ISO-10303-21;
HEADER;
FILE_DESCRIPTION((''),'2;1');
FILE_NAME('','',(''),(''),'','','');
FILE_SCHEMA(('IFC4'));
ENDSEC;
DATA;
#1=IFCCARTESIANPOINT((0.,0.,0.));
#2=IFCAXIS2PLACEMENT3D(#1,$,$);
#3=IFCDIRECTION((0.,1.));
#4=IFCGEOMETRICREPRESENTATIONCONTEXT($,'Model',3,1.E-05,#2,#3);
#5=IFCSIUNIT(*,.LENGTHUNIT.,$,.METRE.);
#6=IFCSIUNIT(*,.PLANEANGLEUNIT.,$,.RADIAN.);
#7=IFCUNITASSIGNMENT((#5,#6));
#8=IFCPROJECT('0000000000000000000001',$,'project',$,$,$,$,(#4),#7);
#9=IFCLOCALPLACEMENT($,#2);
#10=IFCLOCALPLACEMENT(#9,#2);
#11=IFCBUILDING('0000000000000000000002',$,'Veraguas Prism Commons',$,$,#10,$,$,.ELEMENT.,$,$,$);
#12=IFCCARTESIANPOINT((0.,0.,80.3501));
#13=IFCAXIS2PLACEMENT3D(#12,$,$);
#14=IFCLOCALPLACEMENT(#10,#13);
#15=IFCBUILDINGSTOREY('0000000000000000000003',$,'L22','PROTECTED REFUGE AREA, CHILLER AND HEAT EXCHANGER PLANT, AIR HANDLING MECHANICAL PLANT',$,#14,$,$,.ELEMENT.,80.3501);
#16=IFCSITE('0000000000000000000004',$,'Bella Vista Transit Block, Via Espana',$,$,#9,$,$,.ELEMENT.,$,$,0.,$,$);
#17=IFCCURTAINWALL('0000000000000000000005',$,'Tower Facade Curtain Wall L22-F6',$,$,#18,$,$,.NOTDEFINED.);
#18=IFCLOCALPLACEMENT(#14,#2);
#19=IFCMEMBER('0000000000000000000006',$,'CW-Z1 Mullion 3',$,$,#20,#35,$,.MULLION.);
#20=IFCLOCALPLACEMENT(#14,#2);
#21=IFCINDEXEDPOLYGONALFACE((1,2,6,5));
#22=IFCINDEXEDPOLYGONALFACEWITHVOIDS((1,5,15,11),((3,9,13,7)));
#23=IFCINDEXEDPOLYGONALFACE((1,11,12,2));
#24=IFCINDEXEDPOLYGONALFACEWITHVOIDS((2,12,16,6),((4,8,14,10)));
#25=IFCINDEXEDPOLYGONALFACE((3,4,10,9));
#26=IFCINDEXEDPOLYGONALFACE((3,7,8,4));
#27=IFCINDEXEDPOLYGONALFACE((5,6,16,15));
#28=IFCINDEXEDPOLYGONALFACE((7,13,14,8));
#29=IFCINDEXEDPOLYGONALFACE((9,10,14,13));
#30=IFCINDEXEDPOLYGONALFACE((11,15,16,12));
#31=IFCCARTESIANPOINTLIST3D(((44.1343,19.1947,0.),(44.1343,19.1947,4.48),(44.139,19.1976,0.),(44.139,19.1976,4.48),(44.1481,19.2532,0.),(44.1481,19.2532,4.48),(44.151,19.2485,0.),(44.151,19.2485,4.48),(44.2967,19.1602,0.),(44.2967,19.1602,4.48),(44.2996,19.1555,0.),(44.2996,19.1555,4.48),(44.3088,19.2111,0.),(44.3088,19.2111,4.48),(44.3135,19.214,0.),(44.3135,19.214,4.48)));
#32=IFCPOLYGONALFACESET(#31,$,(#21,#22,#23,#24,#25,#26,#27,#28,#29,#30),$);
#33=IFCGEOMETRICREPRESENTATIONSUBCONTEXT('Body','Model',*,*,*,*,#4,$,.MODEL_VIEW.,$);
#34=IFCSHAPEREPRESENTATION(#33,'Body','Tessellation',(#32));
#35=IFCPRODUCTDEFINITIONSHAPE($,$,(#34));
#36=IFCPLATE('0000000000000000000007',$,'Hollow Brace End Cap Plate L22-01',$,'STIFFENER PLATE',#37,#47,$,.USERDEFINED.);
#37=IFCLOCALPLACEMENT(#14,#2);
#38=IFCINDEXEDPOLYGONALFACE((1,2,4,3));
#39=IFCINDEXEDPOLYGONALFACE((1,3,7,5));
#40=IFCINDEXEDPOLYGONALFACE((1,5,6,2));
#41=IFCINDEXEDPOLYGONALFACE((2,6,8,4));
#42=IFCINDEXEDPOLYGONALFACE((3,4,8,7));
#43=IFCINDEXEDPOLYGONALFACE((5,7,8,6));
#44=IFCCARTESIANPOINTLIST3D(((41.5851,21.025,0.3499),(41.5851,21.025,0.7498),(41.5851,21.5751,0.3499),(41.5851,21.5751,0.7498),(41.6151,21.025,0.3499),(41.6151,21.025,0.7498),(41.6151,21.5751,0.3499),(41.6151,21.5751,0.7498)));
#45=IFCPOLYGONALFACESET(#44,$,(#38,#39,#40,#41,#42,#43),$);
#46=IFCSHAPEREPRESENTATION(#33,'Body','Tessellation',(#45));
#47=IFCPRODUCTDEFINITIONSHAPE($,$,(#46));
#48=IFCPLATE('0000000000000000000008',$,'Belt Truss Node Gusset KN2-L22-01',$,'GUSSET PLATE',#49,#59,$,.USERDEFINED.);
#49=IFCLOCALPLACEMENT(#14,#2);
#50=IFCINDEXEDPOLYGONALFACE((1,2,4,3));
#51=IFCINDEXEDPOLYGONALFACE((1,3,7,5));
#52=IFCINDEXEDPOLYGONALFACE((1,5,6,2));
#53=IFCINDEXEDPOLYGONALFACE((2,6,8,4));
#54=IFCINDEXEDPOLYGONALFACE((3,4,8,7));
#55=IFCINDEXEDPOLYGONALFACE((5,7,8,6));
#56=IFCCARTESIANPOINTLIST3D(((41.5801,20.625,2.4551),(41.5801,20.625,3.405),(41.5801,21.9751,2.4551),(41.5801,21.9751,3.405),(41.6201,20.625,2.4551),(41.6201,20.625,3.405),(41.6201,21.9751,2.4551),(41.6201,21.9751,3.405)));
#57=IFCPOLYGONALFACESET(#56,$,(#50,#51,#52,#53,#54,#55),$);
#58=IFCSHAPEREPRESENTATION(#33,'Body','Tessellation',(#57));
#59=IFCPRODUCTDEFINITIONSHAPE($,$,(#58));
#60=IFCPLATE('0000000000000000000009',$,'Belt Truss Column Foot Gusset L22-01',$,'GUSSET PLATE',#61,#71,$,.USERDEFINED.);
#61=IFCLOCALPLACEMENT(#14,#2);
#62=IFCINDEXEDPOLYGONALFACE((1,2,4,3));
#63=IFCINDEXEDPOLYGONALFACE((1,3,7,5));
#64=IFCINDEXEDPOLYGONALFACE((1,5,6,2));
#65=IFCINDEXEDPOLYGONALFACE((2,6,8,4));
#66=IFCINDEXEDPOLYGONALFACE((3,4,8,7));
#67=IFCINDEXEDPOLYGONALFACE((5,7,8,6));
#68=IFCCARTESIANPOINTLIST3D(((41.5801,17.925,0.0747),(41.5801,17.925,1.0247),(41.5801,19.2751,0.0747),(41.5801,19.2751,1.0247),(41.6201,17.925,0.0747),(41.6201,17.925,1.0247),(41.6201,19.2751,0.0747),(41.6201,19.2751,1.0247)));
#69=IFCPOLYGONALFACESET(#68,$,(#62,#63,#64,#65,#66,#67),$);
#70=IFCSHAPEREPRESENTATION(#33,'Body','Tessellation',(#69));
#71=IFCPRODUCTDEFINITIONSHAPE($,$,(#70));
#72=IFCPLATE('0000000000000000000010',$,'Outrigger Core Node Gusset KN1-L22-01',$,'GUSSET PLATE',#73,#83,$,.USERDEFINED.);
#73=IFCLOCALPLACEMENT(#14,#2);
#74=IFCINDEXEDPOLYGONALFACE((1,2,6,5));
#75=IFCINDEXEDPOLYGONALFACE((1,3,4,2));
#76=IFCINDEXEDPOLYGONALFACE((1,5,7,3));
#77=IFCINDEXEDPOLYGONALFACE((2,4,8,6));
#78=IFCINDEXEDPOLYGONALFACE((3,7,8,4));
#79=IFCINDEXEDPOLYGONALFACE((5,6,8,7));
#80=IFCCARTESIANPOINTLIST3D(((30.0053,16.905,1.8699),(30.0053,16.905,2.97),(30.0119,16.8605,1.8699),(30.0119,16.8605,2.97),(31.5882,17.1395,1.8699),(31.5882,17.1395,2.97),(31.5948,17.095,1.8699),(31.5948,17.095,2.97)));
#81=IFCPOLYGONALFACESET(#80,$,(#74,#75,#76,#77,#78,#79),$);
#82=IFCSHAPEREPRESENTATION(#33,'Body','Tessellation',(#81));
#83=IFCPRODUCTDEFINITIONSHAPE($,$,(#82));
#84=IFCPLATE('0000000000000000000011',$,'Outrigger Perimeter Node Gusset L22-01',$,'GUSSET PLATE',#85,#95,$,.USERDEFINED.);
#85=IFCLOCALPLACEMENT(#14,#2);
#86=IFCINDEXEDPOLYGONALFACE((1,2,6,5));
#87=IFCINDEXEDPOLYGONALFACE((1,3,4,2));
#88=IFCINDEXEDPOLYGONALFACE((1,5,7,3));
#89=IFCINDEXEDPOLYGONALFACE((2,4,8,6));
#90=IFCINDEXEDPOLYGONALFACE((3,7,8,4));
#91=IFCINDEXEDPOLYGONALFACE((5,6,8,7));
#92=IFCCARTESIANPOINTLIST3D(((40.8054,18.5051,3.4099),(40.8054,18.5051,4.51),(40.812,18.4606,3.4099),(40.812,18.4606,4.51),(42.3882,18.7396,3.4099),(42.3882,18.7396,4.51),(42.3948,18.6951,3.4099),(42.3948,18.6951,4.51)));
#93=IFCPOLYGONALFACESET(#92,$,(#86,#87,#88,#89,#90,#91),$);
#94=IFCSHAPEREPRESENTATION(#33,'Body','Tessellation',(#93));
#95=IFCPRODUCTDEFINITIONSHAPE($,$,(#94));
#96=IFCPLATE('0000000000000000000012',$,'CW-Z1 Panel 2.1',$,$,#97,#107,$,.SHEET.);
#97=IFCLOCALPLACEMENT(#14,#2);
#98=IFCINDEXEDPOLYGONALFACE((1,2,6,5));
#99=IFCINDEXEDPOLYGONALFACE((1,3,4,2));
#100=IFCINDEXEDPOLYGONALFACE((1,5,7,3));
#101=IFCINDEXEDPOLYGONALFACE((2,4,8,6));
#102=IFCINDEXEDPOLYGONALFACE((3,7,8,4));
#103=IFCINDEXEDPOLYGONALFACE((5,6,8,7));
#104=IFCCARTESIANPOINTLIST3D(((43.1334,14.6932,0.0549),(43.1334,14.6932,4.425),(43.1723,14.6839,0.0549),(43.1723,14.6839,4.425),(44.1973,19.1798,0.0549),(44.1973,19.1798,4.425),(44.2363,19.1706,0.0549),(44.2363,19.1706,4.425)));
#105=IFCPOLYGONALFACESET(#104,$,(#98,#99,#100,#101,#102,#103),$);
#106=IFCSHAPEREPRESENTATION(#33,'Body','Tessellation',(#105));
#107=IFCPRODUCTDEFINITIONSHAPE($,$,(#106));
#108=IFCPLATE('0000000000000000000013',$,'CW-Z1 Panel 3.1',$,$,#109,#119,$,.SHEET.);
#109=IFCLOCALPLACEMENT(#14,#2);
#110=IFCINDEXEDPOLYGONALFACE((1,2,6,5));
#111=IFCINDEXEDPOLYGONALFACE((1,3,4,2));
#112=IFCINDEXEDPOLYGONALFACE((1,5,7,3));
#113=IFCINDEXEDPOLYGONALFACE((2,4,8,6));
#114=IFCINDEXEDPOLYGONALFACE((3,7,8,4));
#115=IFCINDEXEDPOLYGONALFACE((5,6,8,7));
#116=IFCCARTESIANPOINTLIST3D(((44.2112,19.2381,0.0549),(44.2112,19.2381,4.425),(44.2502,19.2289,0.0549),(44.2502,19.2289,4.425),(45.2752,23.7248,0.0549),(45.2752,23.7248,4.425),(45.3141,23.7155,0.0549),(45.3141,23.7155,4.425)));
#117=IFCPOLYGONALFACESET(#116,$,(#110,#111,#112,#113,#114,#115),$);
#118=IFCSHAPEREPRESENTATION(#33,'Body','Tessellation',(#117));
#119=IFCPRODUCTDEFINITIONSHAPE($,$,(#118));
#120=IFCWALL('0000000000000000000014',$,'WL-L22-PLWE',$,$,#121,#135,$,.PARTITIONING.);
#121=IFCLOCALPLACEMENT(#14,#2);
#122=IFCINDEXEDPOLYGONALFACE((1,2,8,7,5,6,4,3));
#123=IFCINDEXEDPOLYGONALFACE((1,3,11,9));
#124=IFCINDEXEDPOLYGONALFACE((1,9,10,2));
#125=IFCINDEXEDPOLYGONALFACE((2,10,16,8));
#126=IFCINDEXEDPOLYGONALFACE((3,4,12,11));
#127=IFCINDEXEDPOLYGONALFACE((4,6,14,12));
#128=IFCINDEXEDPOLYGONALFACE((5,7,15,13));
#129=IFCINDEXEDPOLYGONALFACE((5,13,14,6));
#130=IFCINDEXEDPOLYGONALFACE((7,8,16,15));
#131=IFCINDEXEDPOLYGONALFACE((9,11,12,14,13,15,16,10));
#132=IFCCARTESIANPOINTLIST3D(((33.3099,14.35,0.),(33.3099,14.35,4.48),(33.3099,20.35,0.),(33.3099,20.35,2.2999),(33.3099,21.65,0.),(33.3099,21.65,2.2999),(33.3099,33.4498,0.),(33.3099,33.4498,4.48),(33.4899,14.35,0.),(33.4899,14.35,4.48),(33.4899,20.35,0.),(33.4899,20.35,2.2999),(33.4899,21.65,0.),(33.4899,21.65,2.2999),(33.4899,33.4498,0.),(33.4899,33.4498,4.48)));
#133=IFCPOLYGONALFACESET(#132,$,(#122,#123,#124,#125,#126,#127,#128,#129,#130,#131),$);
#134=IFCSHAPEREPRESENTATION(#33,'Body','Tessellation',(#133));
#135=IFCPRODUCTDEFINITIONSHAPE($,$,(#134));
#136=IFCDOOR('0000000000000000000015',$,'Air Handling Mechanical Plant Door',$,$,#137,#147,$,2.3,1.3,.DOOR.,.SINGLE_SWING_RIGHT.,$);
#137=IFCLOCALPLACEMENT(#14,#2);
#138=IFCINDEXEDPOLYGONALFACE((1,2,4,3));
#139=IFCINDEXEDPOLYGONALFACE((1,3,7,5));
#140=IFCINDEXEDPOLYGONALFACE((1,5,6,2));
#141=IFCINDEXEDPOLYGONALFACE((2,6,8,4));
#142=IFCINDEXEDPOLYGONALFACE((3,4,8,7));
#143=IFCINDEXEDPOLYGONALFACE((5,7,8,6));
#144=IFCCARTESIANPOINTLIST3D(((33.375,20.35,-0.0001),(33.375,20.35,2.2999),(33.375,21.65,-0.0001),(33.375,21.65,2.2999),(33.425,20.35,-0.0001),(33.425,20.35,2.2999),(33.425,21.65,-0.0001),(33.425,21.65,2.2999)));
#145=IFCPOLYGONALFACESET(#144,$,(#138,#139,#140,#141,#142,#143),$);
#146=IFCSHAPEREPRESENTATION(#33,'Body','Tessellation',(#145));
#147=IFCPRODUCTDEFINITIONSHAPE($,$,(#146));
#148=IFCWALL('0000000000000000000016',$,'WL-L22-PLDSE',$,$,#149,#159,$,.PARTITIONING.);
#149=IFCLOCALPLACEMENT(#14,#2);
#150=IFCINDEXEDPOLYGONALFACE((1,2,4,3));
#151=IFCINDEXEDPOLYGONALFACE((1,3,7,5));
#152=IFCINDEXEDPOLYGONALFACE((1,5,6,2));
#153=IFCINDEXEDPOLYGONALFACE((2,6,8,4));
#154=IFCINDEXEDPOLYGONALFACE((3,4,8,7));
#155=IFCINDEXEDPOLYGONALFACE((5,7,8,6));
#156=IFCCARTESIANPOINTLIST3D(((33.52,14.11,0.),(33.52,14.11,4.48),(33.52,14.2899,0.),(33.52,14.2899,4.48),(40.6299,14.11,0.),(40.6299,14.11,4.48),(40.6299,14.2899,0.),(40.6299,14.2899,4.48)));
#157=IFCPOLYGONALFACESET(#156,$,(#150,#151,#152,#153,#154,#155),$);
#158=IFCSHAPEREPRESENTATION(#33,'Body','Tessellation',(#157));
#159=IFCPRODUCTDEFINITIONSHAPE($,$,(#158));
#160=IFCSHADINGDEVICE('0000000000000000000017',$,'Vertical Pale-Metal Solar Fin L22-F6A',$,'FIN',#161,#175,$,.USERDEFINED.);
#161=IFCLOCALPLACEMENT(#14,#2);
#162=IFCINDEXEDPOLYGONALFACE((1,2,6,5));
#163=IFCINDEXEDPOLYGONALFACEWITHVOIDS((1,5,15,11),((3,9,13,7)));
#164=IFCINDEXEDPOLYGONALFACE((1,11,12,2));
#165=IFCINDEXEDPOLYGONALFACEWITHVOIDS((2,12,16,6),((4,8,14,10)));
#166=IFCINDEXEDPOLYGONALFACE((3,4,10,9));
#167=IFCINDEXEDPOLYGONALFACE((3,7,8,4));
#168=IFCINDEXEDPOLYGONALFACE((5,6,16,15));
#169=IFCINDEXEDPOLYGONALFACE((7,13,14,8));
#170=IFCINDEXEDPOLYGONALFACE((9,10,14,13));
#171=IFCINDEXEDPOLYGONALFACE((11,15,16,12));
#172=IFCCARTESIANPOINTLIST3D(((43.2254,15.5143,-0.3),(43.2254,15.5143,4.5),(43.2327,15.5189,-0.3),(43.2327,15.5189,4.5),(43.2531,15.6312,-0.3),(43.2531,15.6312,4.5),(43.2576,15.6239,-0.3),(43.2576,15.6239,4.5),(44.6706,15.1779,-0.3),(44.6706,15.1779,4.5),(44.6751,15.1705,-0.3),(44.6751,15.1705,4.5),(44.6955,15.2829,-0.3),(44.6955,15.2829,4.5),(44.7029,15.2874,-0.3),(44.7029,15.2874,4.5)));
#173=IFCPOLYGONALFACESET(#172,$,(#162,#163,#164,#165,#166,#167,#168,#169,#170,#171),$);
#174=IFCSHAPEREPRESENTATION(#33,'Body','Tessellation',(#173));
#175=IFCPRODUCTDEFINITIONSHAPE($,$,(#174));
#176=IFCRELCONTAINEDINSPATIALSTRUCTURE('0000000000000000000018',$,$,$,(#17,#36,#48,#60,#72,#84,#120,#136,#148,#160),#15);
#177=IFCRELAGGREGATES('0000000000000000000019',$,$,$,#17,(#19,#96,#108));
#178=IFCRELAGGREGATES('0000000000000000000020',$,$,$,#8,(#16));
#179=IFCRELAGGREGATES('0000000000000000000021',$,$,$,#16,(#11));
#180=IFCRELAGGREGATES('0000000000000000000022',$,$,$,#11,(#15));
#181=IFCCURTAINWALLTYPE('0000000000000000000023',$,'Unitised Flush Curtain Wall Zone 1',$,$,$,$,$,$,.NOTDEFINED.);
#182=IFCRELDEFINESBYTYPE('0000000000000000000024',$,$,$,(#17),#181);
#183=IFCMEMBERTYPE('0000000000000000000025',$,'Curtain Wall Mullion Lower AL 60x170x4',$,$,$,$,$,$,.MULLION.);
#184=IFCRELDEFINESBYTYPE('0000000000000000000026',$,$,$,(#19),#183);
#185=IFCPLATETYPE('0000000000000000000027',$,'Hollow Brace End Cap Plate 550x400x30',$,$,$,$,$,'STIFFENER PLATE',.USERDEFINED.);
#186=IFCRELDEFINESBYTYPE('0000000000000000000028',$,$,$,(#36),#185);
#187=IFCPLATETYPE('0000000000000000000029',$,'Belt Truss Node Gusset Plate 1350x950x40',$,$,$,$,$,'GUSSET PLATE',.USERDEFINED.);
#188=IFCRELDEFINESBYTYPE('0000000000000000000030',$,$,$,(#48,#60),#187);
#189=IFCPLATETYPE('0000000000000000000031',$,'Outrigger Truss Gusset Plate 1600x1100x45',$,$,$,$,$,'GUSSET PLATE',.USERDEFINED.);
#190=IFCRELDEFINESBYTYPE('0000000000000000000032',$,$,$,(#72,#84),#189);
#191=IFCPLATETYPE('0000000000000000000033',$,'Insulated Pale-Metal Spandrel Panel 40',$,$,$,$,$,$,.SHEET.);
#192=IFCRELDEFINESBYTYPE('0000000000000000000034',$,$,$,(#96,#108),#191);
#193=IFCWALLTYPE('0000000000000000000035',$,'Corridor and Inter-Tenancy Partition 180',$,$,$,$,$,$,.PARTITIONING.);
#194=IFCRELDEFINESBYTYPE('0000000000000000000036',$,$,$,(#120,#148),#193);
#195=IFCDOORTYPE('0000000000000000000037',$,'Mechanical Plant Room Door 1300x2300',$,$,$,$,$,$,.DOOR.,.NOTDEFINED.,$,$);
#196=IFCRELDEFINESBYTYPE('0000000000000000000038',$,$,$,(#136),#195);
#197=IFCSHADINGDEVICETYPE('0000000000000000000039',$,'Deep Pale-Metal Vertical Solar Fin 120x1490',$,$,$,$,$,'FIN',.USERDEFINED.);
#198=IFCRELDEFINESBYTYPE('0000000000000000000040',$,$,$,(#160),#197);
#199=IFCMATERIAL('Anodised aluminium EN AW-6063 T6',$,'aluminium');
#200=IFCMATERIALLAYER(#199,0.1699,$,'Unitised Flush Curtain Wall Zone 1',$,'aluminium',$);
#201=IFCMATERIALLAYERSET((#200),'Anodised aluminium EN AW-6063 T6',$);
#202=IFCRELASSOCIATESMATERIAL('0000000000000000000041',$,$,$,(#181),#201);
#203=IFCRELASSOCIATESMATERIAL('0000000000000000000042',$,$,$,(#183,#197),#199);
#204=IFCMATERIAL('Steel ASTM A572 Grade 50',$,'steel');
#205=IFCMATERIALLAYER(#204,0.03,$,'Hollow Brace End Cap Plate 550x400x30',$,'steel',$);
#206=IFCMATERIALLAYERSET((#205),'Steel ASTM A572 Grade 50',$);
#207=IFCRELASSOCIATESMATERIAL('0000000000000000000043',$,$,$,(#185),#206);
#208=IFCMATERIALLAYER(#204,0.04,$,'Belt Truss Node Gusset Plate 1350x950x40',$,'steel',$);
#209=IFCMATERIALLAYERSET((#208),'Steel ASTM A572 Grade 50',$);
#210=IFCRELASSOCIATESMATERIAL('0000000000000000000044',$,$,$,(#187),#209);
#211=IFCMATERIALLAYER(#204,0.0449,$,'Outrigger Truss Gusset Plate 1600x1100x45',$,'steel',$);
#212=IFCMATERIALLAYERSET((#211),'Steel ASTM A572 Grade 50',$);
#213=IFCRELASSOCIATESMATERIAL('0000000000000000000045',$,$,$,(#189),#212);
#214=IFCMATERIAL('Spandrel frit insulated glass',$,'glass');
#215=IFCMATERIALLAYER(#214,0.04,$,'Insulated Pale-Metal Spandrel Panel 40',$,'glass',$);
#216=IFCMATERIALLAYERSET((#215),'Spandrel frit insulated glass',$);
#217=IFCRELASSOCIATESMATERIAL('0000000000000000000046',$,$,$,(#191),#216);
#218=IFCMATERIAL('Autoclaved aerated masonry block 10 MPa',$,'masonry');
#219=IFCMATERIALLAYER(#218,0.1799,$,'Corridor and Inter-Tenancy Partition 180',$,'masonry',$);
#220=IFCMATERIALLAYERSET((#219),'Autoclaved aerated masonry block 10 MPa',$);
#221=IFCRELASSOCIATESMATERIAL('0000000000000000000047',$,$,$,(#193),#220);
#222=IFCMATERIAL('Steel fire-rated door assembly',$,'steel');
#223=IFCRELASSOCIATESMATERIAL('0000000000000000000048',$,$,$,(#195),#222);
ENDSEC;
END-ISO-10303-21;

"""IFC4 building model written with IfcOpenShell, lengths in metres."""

from ifc_helpers import new_model, si_unit, direction, frame, frame_2d, origin, origin_2d, place, context, subcontext, project, spatial, rectangle, hollow_rectangle, extrude, source, transform, mapped, material, layer, layer_set, material_profile, profile_set, type_object, element, fill, aggregate, save


model = new_model("IFC4")

# Units and contexts
model_context = context("Model", 3, precision=1e-05, world=origin(), true_north=direction((0.0, 1.0)))
body_context = subcontext(model_context, "Body", "Model", "MODEL_VIEW")
ifc_project = project(units=[si_unit("LENGTHUNIT", "METRE"), si_unit("PLANEANGLEUNIT", "RADIAN")], contexts=[model_context])

# Site, building, storey
site_placement = place(None, origin())
site = spatial("IfcSite", under=ifc_project, at=site_placement, Name="Bella Vista Transit Block, Via Espana", CompositionType="ELEMENT", RefElevation=0.0)
building_placement = place(site_placement, origin())
building = spatial("IfcBuilding", under=site, at=building_placement, Name="Veraguas Prism Commons", CompositionType="ELEMENT")
storey_placement = place(building_placement, frame((0.0, 0.0, 80.3501)))
storey = spatial("IfcBuildingStorey", under=building, at=storey_placement, Name="L22", Description="PROTECTED REFUGE AREA, CHILLER AND HEAT EXCHANGER PLANT, AIR HANDLING MECHANICAL PLANT", CompositionType="ELEMENT", Elevation=80.3501)

# Shared definitions
ifc_material_1 = material(Name="Steel ASTM A572 Grade 50", Category="steel")

# Curtain wall, member
ifc_material_2 = material(Name="Anodised aluminium EN AW-6063 T6", Category="aluminium")
ifc_layer_1 = layer(ifc_material_2, 0.1699, Name="Unitised Flush Curtain Wall Zone 1", Category="aluminium")
ifc_layer_set_1 = layer_set([ifc_layer_1], Name="Anodised aluminium EN AW-6063 T6")
curtain_wall_type = type_object("IfcCurtainWallType", Name="Unitised Flush Curtain Wall Zone 1", PredefinedType="NOTDEFINED", material=ifc_layer_set_1)
curtain_wall_placement = place(storey_placement, origin())
curtain_wall = element("IfcCurtainWall", 1, at=curtain_wall_placement, inside=storey, type_object=curtain_wall_type, Name="Tower Facade Curtain Wall L22-F6", PredefinedType="NOTDEFINED")
ifc_material_profile_1 = material_profile(ifc_material_2, hollow_rectangle(XDim=0.0601, YDim=0.1699, WallThickness=0.0039, at=origin_2d()), Name="AL60X170X4")
ifc_profile_set_1 = profile_set([ifc_material_profile_1], Name="Anodised aluminium EN AW-6063 T6")
member_type_1 = type_object("IfcMemberType", Name="Curtain Wall Mullion Lower AL 60x170x4", PredefinedType="MULLION", material=ifc_profile_set_1)
shared_shape_1 = source(origin(), body_context, "Body", "SweptSolid", [
    extrude(hollow_rectangle(XDim=0.0601, YDim=0.1699, WallThickness=0.0039, at=origin_2d()), origin(), (0.0, 0.0, 1.0), 4.48),
])
member_1_placement = place(storey_placement, frame((44.2239, 19.2043, 0.0), z_axis=(0.0, 0.0, 1.0), x_axis=(0.230734, 0.973017, 0.0)))
member_1 = element("IfcMember", 2, at=member_1_placement, type_object=member_type_1, Name="CW-Z1 Mullion 3", PredefinedType="MULLION", context=body_context, shape_type="MappedRepresentation", body=[
    mapped(shared_shape_1, transform((0.0, 0.0, 0.0), scale=1.0)),
])

# Plates
ifc_layer_2 = layer(ifc_material_1, 0.03, Name="Hollow Brace End Cap Plate 550x400x30", Category="steel")
ifc_layer_set_2 = layer_set([ifc_layer_2], Name="Steel ASTM A572 Grade 50")
plate_type_1 = type_object("IfcPlateType", Name="Hollow Brace End Cap Plate 550x400x30", ElementType="STIFFENER PLATE", PredefinedType="USERDEFINED", material=ifc_layer_set_2)
shared_shape_2 = source(origin(), body_context, "Body", "SweptSolid", [
    extrude(rectangle(XDim=0.55, YDim=0.03, at=origin_2d()), origin(), (0.0, 0.0, 1.0), 0.3999),
])
plate_1_placement = place(storey_placement, frame((41.6001, 21.3, 0.3499), z_axis=(0.0, 0.0, 1.0), x_axis=(0.0, 1.0, 0.0)))
element("IfcPlate", 3, at=plate_1_placement, inside=storey, type_object=plate_type_1, Name="Hollow Brace End Cap Plate L22-01", ObjectType="STIFFENER PLATE", PredefinedType="USERDEFINED", context=body_context, shape_type="MappedRepresentation", body=[
    mapped(shared_shape_2, transform((0.0, 0.0, 0.0), scale=1.0)),
])
ifc_layer_3 = layer(ifc_material_1, 0.04, Name="Belt Truss Node Gusset Plate 1350x950x40", Category="steel")
ifc_layer_set_3 = layer_set([ifc_layer_3], Name="Steel ASTM A572 Grade 50")
plate_type_2 = type_object("IfcPlateType", Name="Belt Truss Node Gusset Plate 1350x950x40", ElementType="GUSSET PLATE", PredefinedType="USERDEFINED", material=ifc_layer_set_3)
shared_shape_3 = source(origin(), body_context, "Body", "SweptSolid", [
    extrude(rectangle(XDim=1.3501, YDim=0.04, at=origin_2d()), origin(), (0.0, 0.0, 1.0), 0.95),
])
for number, where, z_axis, x_axis, name in (
    (4, (41.6001, 21.3, 2.4551), (0.0, 0.0, 1.0), (0.0, 1.0, 0.0), "Belt Truss Node Gusset KN2-L22-01"),
    (5, (41.6001, 18.6001, 0.0747), (0.0, 0.0, 1.0), (0.0, 1.0, 0.0), "Belt Truss Column Foot Gusset L22-01"),
):
    element("IfcPlate", number, at=place(storey_placement, frame(where, z_axis=z_axis, x_axis=x_axis)), inside=storey, type_object=plate_type_2, Name=name, ObjectType="GUSSET PLATE", PredefinedType="USERDEFINED", context=body_context, shape_type="MappedRepresentation", body=[
        mapped(shared_shape_3, transform((0.0, 0.0, 0.0), scale=1.0)),
    ])
ifc_layer_4 = layer(ifc_material_1, 0.0449, Name="Outrigger Truss Gusset Plate 1600x1100x45", Category="steel")
ifc_layer_set_4 = layer_set([ifc_layer_4], Name="Steel ASTM A572 Grade 50")
plate_type_3 = type_object("IfcPlateType", Name="Outrigger Truss Gusset Plate 1600x1100x45", ElementType="GUSSET PLATE", PredefinedType="USERDEFINED", material=ifc_layer_set_4)
shared_shape_4 = source(origin(), body_context, "Body", "SweptSolid", [
    extrude(rectangle(XDim=1.6001, YDim=0.0449, at=origin_2d()), origin(), (0.0, 0.0, 1.0), 1.1001),
])
for number, where, z_axis, x_axis, name in (
    (6, (30.8, 17.0, 1.8699), (0.0, 0.0, 1.0), (0.989203, 0.146549, 0.0), "Outrigger Core Node Gusset KN1-L22-01"),
    (7, (41.6001, 18.6001, 3.4099), (0.0, 0.0, 1.0), (0.989203, 0.146549, 0.0), "Outrigger Perimeter Node Gusset L22-01"),
):
    element("IfcPlate", number, at=place(storey_placement, frame(where, z_axis=z_axis, x_axis=x_axis)), inside=storey, type_object=plate_type_3, Name=name, ObjectType="GUSSET PLATE", PredefinedType="USERDEFINED", context=body_context, shape_type="MappedRepresentation", body=[
        mapped(shared_shape_4, transform((0.0, 0.0, 0.0), scale=1.0)),
    ])

# Plates
ifc_material_3 = material(Name="Spandrel frit insulated glass", Category="glass")
ifc_layer_5 = layer(ifc_material_3, 0.04, Name="Insulated Pale-Metal Spandrel Panel 40", Category="glass")
ifc_layer_set_5 = layer_set([ifc_layer_5], Name="Spandrel frit insulated glass")
plate_type_4 = type_object("IfcPlateType", Name="Insulated Pale-Metal Spandrel Panel 40", PredefinedType="SHEET", material=ifc_layer_set_5)
shared_shape_5 = source(origin(), body_context, "Body", "SweptSolid", [
    extrude(rectangle(XDim=4.6111, YDim=0.04, at=origin_2d()), origin(), (0.0, 0.0, 1.0), 4.3701),
])
plate_2_placement = place(storey_placement, frame((43.6848, 16.9319, 0.0549), z_axis=(0.0, 0.0, 1.0), x_axis=(0.230734, 0.973017, 0.0)))
plate_2 = element("IfcPlate", 8, at=plate_2_placement, type_object=plate_type_4, Name="CW-Z1 Panel 2.1", PredefinedType="SHEET", context=body_context, shape_type="MappedRepresentation", body=[
    mapped(shared_shape_5, transform((0.0, 0.0, 0.0), scale=1.0)),
])
plate_3_placement = place(storey_placement, frame((44.7627, 21.4768, 0.0549), z_axis=(0.0, 0.0, 1.0), x_axis=(0.230734, 0.973017, 0.0)))
plate_3 = element("IfcPlate", 9, at=plate_3_placement, type_object=plate_type_4, Name="CW-Z1 Panel 3.1", PredefinedType="SHEET", context=body_context, shape_type="MappedRepresentation", body=[
    mapped(shared_shape_5, transform((0.0, 0.0, 0.0), scale=1.0)),
])
aggregate(curtain_wall, [member_1, plate_2, plate_3])

# Wall, opening, door
ifc_material_4 = material(Name="Autoclaved aerated masonry block 10 MPa", Category="masonry")
ifc_layer_6 = layer(ifc_material_4, 0.1799, Name="Corridor and Inter-Tenancy Partition 180", Category="masonry")
ifc_layer_set_6 = layer_set([ifc_layer_6], Name="Autoclaved aerated masonry block 10 MPa")
wall_type = type_object("IfcWallType", Name="Corridor and Inter-Tenancy Partition 180", PredefinedType="PARTITIONING", material=ifc_layer_set_6)
wall_1_placement = place(storey_placement, frame((33.3999, 14.3501, 0.0), z_axis=(0.0, 0.0, 1.0), x_axis=(0.0, 1.0, 0.0)))
wall_1 = element("IfcWall", 10, at=wall_1_placement, inside=storey, type_object=wall_type, Name="WL-L22-PLWE", PredefinedType="PARTITIONING", context=body_context, shape_type="SweptSolid", body=[
    extrude(rectangle(XDim=19.0999, YDim=0.1799, at=frame_2d((9.5498, 0.0))), origin(), (0.0, 0.0, 1.0), 4.48),
])
opening_placement = place(wall_1_placement, frame((6.0, 0.0, 0.0)))
opening = element("IfcOpeningElement", 11, at=opening_placement, cuts=wall_1, PredefinedType="OPENING", context=body_context, shape_type="SweptSolid", body=[
    extrude(rectangle(XDim=1.3, YDim=2.3, at=frame_2d((0.6499, 1.1499))), frame((0.0, 0.0999, 0.0), z_axis=(0.0, -1.0, 0.0), x_axis=(1.0, 0.0, 0.0)), (0.0, 0.0, 1.0), 0.2),
])
ifc_material_5 = material(Name="Steel fire-rated door assembly", Category="steel")
door_type = type_object("IfcDoorType", Name="Mechanical Plant Room Door 1300x2300", OperationType="NOTDEFINED", PredefinedType="DOOR", material=ifc_material_5)
shared_shape_6 = source(origin(), body_context, "Body", "SweptSolid", [
    extrude(rectangle(XDim=1.3, YDim=2.3, at=frame_2d((0.6499, 1.1499))), frame((0.0, 0.0249, 0.0), z_axis=(0.0, -1.0, 0.0), x_axis=(1.0, 0.0, 0.0)), (0.0, 0.0, 1.0), 0.05),
])
door_placement = place(opening_placement, origin())
door = element("IfcDoor", 12, at=door_placement, inside=storey, type_object=door_type, Name="Air Handling Mechanical Plant Door", OperationType="SINGLE_SWING_RIGHT", OverallHeight=2.3, OverallWidth=1.3, PredefinedType="DOOR", context=body_context, shape_type="MappedRepresentation", body=[
    mapped(shared_shape_6, transform((0.0, 0.0, 0.0), scale=1.0)),
])
fill(opening, door)

# Wall
wall_2_placement = place(storey_placement, frame((33.52, 14.2, 0.0), z_axis=(0.0, 0.0, 1.0), x_axis=(1.0, 0.0, 0.0)))
element("IfcWall", 13, at=wall_2_placement, inside=storey, type_object=wall_type, Name="WL-L22-PLDSE", PredefinedType="PARTITIONING", context=body_context, shape_type="SweptSolid", body=[
    extrude(rectangle(XDim=7.1099, YDim=0.1799, at=frame_2d((3.5549, 0.0))), origin(), (0.0, 0.0, 1.0), 4.48),
])

# Shading device
ifc_material_profile_2 = material_profile(ifc_material_2, hollow_rectangle(XDim=0.1201, YDim=1.49, WallThickness=0.0061, at=origin_2d()), Name="FIN120X1490X6")
ifc_profile_set_2 = profile_set([ifc_material_profile_2], Name="Anodised aluminium EN AW-6063 T6")
shading_device_type = type_object("IfcShadingDeviceType", Name="Deep Pale-Metal Vertical Solar Fin 120x1490", ElementType="FIN", PredefinedType="USERDEFINED", material=ifc_profile_set_2)
shading_device_placement = place(storey_placement, frame((43.9641, 15.4009, -0.3), z_axis=(0.0, 0.0, 1.0), x_axis=(0.230729, 0.973018, 0.0)))
element("IfcShadingDevice", 14, at=shading_device_placement, inside=storey, type_object=shading_device_type, Name="Vertical Pale-Metal Solar Fin L22-F6A", ObjectType="FIN", PredefinedType="USERDEFINED", context=body_context, shape_type="SweptSolid", body=[
    extrude(hollow_rectangle(XDim=0.1201, YDim=1.49, WallThickness=0.0061, at=origin_2d()), origin(), (0.0, 0.0, 1.0), 4.8),
])

save(model, "model.ifc")
